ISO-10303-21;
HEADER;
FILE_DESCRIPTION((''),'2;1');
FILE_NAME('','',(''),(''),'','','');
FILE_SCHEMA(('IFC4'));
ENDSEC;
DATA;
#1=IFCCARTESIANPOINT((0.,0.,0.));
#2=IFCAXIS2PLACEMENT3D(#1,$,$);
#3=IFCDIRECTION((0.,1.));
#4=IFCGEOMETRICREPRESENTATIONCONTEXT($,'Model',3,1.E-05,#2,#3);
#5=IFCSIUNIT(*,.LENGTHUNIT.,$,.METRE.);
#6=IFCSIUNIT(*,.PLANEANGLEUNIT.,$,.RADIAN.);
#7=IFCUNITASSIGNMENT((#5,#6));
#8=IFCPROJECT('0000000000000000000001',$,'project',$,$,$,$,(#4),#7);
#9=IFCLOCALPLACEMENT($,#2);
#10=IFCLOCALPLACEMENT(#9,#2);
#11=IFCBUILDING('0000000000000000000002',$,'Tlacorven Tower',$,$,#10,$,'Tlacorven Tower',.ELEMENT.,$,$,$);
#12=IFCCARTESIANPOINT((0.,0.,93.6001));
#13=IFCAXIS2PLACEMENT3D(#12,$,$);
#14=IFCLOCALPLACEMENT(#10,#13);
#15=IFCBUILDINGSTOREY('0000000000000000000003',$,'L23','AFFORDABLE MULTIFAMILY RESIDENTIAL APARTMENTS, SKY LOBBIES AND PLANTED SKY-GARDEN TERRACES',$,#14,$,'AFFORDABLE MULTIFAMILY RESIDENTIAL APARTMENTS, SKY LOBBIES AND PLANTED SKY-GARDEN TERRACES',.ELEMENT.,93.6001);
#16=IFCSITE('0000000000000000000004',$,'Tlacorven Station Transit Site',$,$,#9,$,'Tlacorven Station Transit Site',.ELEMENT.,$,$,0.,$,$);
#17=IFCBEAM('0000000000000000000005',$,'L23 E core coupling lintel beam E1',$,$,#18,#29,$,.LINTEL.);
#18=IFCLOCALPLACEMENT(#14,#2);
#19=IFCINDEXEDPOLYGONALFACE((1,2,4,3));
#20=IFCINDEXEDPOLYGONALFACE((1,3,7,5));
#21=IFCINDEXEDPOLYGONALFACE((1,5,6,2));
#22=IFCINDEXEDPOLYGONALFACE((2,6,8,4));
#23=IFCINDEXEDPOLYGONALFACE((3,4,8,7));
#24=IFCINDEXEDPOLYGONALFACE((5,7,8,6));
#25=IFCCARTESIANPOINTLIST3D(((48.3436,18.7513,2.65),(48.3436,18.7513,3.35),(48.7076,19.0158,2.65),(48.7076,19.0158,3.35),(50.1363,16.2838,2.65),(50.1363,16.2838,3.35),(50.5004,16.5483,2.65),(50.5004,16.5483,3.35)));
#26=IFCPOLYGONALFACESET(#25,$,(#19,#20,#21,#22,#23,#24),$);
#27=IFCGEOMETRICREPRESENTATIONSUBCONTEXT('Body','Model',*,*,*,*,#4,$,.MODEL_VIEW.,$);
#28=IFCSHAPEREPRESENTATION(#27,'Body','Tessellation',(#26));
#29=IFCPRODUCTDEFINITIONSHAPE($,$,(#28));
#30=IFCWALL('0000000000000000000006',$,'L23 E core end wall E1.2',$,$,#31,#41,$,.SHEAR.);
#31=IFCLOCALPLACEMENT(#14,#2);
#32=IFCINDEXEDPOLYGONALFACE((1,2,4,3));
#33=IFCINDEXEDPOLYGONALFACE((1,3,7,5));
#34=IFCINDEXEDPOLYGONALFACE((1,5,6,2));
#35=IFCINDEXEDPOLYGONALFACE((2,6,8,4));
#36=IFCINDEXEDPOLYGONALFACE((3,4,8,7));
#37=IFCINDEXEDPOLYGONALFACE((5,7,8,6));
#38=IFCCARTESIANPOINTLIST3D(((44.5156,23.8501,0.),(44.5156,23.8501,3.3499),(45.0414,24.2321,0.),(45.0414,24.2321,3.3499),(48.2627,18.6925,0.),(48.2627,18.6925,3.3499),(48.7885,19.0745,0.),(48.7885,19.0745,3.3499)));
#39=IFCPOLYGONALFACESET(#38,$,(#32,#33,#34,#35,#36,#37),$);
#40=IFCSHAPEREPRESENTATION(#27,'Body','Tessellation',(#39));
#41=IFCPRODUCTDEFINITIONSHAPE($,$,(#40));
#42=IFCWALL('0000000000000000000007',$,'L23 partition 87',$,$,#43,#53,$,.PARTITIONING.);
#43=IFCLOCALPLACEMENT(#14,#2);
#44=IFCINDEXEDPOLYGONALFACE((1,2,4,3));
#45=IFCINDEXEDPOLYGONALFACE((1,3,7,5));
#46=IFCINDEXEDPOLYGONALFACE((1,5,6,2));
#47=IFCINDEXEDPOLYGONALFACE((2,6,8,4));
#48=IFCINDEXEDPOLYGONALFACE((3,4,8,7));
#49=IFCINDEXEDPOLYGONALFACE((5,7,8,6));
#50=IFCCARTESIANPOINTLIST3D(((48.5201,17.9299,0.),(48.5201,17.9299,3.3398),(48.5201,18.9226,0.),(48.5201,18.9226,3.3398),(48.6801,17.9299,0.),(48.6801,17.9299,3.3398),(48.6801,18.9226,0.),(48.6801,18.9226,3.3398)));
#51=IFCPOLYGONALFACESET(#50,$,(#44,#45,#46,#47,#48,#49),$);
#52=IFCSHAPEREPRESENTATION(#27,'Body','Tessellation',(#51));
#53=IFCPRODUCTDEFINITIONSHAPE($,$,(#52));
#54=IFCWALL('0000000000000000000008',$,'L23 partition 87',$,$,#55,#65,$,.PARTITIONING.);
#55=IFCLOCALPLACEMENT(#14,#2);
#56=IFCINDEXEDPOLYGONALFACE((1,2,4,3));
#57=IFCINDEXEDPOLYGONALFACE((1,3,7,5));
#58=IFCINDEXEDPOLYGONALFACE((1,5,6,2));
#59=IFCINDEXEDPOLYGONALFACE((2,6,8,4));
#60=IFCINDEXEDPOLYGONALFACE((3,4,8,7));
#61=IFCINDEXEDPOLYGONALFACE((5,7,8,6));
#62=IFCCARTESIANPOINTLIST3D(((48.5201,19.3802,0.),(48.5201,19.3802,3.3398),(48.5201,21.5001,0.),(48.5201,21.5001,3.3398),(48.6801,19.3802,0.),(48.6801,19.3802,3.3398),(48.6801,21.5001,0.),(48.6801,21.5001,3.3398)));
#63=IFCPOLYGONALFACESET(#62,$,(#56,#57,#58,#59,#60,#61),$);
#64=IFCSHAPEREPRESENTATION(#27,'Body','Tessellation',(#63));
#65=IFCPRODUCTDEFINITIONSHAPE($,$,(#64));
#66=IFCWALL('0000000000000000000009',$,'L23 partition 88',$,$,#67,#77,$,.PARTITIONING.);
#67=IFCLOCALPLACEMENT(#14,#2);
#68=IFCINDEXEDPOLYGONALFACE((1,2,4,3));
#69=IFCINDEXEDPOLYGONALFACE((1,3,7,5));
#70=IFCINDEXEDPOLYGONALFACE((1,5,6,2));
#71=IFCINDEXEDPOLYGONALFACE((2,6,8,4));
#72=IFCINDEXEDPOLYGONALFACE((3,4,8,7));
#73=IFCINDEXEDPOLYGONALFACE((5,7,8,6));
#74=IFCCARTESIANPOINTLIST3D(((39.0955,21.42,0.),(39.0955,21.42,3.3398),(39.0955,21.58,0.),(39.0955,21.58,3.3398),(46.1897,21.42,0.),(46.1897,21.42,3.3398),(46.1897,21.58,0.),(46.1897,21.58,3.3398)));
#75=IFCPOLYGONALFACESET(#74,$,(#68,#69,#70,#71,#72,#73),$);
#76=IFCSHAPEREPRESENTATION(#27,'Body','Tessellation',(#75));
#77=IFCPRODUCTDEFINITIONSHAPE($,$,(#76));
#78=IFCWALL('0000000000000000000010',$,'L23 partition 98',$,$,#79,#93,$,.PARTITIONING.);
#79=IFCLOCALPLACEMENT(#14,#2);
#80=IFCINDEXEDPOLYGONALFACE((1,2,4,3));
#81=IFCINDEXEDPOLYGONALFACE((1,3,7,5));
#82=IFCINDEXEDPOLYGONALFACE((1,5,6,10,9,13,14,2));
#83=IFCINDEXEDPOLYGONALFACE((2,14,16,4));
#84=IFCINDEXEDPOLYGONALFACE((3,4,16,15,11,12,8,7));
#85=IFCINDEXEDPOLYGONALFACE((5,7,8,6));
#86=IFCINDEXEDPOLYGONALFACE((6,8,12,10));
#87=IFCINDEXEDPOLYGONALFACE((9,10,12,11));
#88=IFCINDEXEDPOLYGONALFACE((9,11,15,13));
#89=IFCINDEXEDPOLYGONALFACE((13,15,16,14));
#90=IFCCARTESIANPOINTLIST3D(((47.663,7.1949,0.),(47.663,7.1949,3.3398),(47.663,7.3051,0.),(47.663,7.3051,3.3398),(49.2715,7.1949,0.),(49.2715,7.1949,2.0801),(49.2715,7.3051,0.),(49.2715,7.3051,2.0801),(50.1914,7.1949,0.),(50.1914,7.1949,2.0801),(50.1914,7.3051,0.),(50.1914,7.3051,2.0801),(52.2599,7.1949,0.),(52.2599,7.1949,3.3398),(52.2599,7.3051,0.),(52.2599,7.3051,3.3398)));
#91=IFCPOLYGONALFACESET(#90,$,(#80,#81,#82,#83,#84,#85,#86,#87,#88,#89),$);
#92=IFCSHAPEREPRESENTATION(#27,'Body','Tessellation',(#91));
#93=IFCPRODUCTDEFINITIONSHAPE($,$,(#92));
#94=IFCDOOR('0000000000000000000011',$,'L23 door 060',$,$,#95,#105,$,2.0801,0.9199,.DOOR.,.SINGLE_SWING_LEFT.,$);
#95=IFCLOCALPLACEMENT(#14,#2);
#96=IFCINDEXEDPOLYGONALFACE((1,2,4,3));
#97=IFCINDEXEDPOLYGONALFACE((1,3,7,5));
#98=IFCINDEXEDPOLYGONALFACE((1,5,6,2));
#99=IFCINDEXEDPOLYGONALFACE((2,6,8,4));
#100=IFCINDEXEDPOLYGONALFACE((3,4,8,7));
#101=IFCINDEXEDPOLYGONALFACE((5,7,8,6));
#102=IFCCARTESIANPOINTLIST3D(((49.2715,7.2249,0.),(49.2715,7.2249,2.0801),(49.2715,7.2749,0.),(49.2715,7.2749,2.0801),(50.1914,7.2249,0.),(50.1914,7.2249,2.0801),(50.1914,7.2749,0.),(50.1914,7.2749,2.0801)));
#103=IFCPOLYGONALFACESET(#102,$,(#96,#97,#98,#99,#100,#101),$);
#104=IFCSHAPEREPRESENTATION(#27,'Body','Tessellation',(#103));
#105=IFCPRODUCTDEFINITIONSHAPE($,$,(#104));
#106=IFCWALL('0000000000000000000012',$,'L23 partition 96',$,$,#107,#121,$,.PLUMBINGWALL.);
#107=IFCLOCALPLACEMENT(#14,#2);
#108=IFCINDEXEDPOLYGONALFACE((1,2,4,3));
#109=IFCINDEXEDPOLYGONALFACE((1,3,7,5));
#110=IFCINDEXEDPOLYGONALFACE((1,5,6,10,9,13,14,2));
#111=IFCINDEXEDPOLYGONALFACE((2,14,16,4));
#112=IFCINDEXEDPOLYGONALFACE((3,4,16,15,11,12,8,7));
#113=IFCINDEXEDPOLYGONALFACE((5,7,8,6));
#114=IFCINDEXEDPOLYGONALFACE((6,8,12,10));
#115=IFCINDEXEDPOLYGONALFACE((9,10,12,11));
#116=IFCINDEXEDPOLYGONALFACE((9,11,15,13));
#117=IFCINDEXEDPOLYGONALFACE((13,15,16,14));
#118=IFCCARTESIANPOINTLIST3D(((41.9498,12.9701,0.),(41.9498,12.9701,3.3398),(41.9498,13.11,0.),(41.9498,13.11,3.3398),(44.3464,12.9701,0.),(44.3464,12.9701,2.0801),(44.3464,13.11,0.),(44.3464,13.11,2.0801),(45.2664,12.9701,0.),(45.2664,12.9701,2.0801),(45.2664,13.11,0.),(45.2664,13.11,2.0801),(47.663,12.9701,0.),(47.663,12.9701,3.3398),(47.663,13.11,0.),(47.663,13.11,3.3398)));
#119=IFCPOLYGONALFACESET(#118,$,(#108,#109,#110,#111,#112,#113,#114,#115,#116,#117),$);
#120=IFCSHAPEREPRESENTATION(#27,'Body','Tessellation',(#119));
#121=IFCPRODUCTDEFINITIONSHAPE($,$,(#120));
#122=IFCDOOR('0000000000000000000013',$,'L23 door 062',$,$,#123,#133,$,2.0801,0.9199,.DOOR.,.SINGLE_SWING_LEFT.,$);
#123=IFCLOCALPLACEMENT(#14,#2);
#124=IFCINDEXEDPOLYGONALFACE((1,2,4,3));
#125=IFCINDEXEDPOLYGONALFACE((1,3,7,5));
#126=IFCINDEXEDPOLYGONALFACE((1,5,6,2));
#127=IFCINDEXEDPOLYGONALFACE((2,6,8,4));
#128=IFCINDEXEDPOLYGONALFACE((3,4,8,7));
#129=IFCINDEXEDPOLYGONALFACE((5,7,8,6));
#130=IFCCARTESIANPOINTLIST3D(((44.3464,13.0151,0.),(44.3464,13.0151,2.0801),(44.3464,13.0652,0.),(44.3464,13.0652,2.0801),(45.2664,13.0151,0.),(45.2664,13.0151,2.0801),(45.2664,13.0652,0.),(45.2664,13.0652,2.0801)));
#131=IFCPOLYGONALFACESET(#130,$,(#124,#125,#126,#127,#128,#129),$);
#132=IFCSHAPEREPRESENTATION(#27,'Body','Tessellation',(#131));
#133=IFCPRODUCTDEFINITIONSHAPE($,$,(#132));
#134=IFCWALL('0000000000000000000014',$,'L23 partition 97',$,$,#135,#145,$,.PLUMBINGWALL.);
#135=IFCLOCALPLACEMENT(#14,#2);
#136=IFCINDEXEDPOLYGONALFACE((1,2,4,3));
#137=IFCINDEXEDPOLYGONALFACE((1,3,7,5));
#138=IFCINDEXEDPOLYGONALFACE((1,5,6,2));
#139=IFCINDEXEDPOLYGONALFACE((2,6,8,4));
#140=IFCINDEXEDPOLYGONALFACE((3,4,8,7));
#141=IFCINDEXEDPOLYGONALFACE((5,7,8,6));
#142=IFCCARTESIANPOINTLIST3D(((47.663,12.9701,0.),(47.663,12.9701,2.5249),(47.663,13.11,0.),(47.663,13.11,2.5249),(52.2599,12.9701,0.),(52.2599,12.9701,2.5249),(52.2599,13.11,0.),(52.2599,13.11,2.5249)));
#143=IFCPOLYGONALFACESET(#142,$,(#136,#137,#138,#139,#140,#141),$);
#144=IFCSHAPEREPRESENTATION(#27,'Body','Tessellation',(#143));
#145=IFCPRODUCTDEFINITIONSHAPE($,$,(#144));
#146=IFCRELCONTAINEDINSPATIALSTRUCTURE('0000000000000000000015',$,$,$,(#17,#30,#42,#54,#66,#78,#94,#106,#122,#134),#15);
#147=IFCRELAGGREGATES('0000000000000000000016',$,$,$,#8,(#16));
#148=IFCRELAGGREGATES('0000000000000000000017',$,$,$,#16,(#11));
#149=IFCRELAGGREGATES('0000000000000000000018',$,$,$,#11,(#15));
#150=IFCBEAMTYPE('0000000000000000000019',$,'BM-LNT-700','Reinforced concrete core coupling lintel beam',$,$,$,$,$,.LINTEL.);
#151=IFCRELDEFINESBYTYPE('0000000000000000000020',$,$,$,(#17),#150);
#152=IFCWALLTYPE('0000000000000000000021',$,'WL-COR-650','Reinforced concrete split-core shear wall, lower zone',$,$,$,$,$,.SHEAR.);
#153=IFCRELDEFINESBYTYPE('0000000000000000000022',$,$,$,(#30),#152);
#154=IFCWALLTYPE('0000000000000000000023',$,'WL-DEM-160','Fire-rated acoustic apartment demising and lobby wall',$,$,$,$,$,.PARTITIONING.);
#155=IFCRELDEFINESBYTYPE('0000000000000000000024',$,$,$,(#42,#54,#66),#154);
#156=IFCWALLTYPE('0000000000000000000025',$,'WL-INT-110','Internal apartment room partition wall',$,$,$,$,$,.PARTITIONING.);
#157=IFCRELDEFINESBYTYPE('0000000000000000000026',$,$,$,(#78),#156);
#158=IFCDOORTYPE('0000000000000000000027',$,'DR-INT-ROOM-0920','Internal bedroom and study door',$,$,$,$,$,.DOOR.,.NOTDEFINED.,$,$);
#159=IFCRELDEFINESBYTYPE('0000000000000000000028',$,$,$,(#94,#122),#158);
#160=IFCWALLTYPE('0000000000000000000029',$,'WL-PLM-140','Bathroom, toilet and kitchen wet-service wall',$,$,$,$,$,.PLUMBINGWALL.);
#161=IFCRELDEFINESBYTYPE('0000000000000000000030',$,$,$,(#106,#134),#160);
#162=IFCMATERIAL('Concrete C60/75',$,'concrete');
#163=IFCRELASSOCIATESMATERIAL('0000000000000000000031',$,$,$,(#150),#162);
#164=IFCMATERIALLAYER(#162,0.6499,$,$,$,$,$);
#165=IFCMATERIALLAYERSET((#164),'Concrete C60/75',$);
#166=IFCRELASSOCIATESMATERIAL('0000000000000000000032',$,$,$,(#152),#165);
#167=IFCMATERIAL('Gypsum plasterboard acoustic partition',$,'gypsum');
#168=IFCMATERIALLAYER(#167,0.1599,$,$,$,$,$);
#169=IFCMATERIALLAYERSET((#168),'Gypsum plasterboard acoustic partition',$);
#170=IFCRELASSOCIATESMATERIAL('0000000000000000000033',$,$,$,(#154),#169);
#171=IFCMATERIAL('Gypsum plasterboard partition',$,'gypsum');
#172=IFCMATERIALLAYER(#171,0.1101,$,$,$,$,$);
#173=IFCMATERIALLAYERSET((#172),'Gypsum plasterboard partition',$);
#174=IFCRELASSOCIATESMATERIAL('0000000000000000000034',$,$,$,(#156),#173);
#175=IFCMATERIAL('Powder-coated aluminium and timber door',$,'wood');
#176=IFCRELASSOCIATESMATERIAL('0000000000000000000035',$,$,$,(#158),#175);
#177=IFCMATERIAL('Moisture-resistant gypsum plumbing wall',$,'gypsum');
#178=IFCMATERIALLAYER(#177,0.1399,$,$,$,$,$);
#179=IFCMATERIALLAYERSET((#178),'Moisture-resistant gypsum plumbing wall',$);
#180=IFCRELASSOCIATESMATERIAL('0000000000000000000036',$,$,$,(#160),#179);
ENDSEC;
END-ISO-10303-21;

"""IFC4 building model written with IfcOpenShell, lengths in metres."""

from ifc_helpers import new_model, si_unit, direction, frame, frame_2d, origin, origin_2d, place, context, subcontext, project, spatial, rectangle, extrude, source, transform, mapped, material, layer, layer_set, material_profile, profile_set, type_object, element, fill, save


model = new_model("IFC4")

# Units and contexts
model_context = context("Model", 3, precision=1e-05, world=origin(), true_north=direction((0.0, 1.0)))
body_context = subcontext(model_context, "Body", "Model", "MODEL_VIEW")
ifc_project = project(units=[si_unit("LENGTHUNIT", "METRE"), si_unit("PLANEANGLEUNIT", "RADIAN")], contexts=[model_context])

# Site, building, storey
site_placement = place(None, origin())
site = spatial("IfcSite", under=ifc_project, at=site_placement, Name="Tlacorven Station Transit Site", LongName="Tlacorven Station Transit Site", CompositionType="ELEMENT", RefElevation=0.0)
building_placement = place(site_placement, origin())
building = spatial("IfcBuilding", under=site, at=building_placement, Name="Tlacorven Tower", LongName="Tlacorven Tower", CompositionType="ELEMENT")
storey_placement = place(building_placement, frame((0.0, 0.0, 93.6001)))
storey = spatial("IfcBuildingStorey", under=building, at=storey_placement, Name="L23", Description="AFFORDABLE MULTIFAMILY RESIDENTIAL APARTMENTS, SKY LOBBIES AND PLANTED SKY-GARDEN TERRACES", LongName="AFFORDABLE MULTIFAMILY RESIDENTIAL APARTMENTS, SKY LOBBIES AND PLANTED SKY-GARDEN TERRACES", CompositionType="ELEMENT", Elevation=93.6001)

# Beam
ifc_material_1 = material(Name="Concrete C60/75", Category="concrete")
ifc_material_profile = material_profile(ifc_material_1, rectangle(XDim=0.45, YDim=0.7, at=origin_2d()), Name="RC 450X700")
ifc_profile_set = profile_set([ifc_material_profile], Name="Concrete C60/75")
beam_type = type_object("IfcBeamType", Name="BM-LNT-700", Description="Reinforced concrete core coupling lintel beam", PredefinedType="LINTEL", material=ifc_profile_set)
shared_shape_1 = source(origin(), body_context, "Body", "SweptSolid", [
    extrude(rectangle(XDim=0.45, YDim=0.7, at=origin_2d()), origin(), (0.0, 0.0, 1.0), 3.05),
])
beam_placement = place(storey_placement, frame((50.3184, 16.416, 3.0), z_axis=(-0.587777, 0.809023, 0.0), x_axis=(-0.809023, -0.587777, 0.0)))
element("IfcBeam", 1, at=beam_placement, inside=storey, type_object=beam_type, Name="L23 E core coupling lintel beam E1", PredefinedType="LINTEL", context=body_context, shape_type="MappedRepresentation", body=[
    mapped(shared_shape_1, transform((0.0, 0.0, 0.0), scale=1.0)),
])

# Walls
ifc_layer_1 = layer(ifc_material_1, 0.6499)
ifc_layer_set_1 = layer_set([ifc_layer_1], Name="Concrete C60/75")
wall_type_1 = type_object("IfcWallType", Name="WL-COR-650", Description="Reinforced concrete split-core shear wall, lower zone", PredefinedType="SHEAR", material=ifc_layer_set_1)
wall_1_placement = place(storey_placement, frame((48.5256, 18.8835, 0.0), z_axis=(0.0, 0.0, 1.0), x_axis=(-0.58778, 0.809021, 0.0)))
element("IfcWall", 2, at=wall_1_placement, inside=storey, type_object=wall_type_1, Name="L23 E core end wall E1.2", PredefinedType="SHEAR", context=body_context, shape_type="SweptSolid", body=[
    extrude(rectangle(XDim=6.375, YDim=0.6499, at=frame_2d((3.1875, 0.0))), origin(), (0.0, 0.0, 1.0), 3.3499),
])
ifc_material_2 = material(Name="Gypsum plasterboard acoustic partition", Category="gypsum")
ifc_layer_2 = layer(ifc_material_2, 0.1599)
ifc_layer_set_2 = layer_set([ifc_layer_2], Name="Gypsum plasterboard acoustic partition")
wall_type_2 = type_object("IfcWallType", Name="WL-DEM-160", Description="Fire-rated acoustic apartment demising and lobby wall", PredefinedType="PARTITIONING", material=ifc_layer_set_2)
wall_2_placement = place(storey_placement, frame((48.6001, 17.9299, 0.0), z_axis=(0.0, 0.0, 1.0), x_axis=(0.0, 1.0, 0.0)))
element("IfcWall", 3, at=wall_2_placement, inside=storey, type_object=wall_type_2, Name="L23 partition 87", PredefinedType="PARTITIONING", context=body_context, shape_type="SweptSolid", body=[
    extrude(rectangle(XDim=0.9927, YDim=0.1599, at=frame_2d((0.4963, 0.0))), origin(), (0.0, 0.0, 1.0), 3.3398),
])
wall_3_placement = place(storey_placement, frame((48.6001, 19.3801, 0.0), z_axis=(0.0, 0.0, 1.0), x_axis=(0.0, 1.0, 0.0)))
element("IfcWall", 4, at=wall_3_placement, inside=storey, type_object=wall_type_2, Name="L23 partition 87", PredefinedType="PARTITIONING", context=body_context, shape_type="SweptSolid", body=[
    extrude(rectangle(XDim=2.1199, YDim=0.1599, at=frame_2d((1.0601, 0.0))), origin(), (0.0, 0.0, 1.0), 3.3398),
])
wall_4_placement = place(storey_placement, frame((39.0955, 21.5, 0.0), z_axis=(0.0, 0.0, 1.0), x_axis=(1.0, 0.0, 0.0)))
element("IfcWall", 5, at=wall_4_placement, inside=storey, type_object=wall_type_2, Name="L23 partition 88", PredefinedType="PARTITIONING", context=body_context, shape_type="SweptSolid", body=[
    extrude(rectangle(XDim=7.0942, YDim=0.1599, at=frame_2d((3.5471, 0.0))), origin(), (0.0, 0.0, 1.0), 3.3398),
])

# Walls, openings, doors
ifc_material_3 = material(Name="Gypsum plasterboard partition", Category="gypsum")
ifc_layer_3 = layer(ifc_material_3, 0.1101)
ifc_layer_set_3 = layer_set([ifc_layer_3], Name="Gypsum plasterboard partition")
wall_type_3 = type_object("IfcWallType", Name="WL-INT-110", Description="Internal apartment room partition wall", PredefinedType="PARTITIONING", material=ifc_layer_set_3)
wall_5_placement = place(storey_placement, frame((47.6631, 7.25, 0.0), z_axis=(0.0, 0.0, 1.0), x_axis=(1.0, 0.0, 0.0)))
wall_5 = element("IfcWall", 6, at=wall_5_placement, inside=storey, type_object=wall_type_3, Name="L23 partition 98", PredefinedType="PARTITIONING", context=body_context, shape_type="SweptSolid", body=[
    extrude(rectangle(XDim=4.5969, YDim=0.1101, at=frame_2d((2.2983, 0.0))), origin(), (0.0, 0.0, 1.0), 3.3398),
])
opening_1_placement = place(wall_5_placement, frame((1.6084, 0.0, 0.0)))
opening_1 = element("IfcOpeningElement", 7, at=opening_1_placement, cuts=wall_5, PredefinedType="OPENING", context=body_context, shape_type="SweptSolid", body=[
    extrude(rectangle(XDim=0.9199, YDim=2.0801, at=frame_2d((0.46, 1.04))), frame((0.0, 0.0649, 0.0), z_axis=(0.0, -1.0, 0.0), x_axis=(1.0, 0.0, 0.0)), (0.0, 0.0, 1.0), 0.1301),
])
ifc_material_4 = material(Name="Powder-coated aluminium and timber door", Category="wood")
door_type_1 = type_object("IfcDoorType", Name="DR-INT-ROOM-0920", Description="Internal bedroom and study door", OperationType="NOTDEFINED", PredefinedType="DOOR", material=ifc_material_4)
shared_shape_2 = source(origin(), body_context, "Body", "SweptSolid", [
    extrude(rectangle(XDim=0.9199, YDim=2.0801, at=frame_2d((0.46, 1.04))), frame((0.0, 0.0249, 0.0), z_axis=(0.0, -1.0, 0.0), x_axis=(1.0, 0.0, 0.0)), (0.0, 0.0, 1.0), 0.05),
])
door_1_placement = place(opening_1_placement, origin())
door_1 = element("IfcDoor", 8, at=door_1_placement, inside=storey, type_object=door_type_1, Name="L23 door 060", OperationType="SINGLE_SWING_LEFT", OverallHeight=2.0801, OverallWidth=0.9199, PredefinedType="DOOR", context=body_context, shape_type="MappedRepresentation", body=[
    mapped(shared_shape_2, transform((0.0, 0.0, 0.0), scale=1.0)),
])
fill(opening_1, door_1)
ifc_material_5 = material(Name="Moisture-resistant gypsum plumbing wall", Category="gypsum")
ifc_layer_4 = layer(ifc_material_5, 0.1399)
ifc_layer_set_4 = layer_set([ifc_layer_4], Name="Moisture-resistant gypsum plumbing wall")
wall_type_4 = type_object("IfcWallType", Name="WL-PLM-140", Description="Bathroom, toilet and kitchen wet-service wall", PredefinedType="PLUMBINGWALL", material=ifc_layer_set_4)
wall_6_placement = place(storey_placement, frame((41.95, 13.04, 0.0), z_axis=(0.0, 0.0, 1.0), x_axis=(1.0, 0.0, 0.0)))
wall_6 = element("IfcWall", 9, at=wall_6_placement, inside=storey, type_object=wall_type_4, Name="L23 partition 96", PredefinedType="PLUMBINGWALL", context=body_context, shape_type="SweptSolid", body=[
    extrude(rectangle(XDim=5.7131, YDim=0.1399, at=frame_2d((2.8564, 0.0))), origin(), (0.0, 0.0, 1.0), 3.3398),
])
opening_2_placement = place(wall_6_placement, frame((2.3965, 0.0, 0.0)))
opening_2 = element("IfcOpeningElement", 10, at=opening_2_placement, cuts=wall_6, PredefinedType="OPENING", context=body_context, shape_type="SweptSolid", body=[
    extrude(rectangle(XDim=0.9199, YDim=2.0801, at=frame_2d((0.46, 1.04))), frame((0.0, 0.0801, 0.0), z_axis=(0.0, -1.0, 0.0), x_axis=(1.0, 0.0, 0.0)), (0.0, 0.0, 1.0), 0.1599),
])
door_2_placement = place(opening_2_placement, frame((0.9199, 0.0, 0.0), z_axis=(0.0, 0.0, 1.0), x_axis=(-1.0, 0.0, 0.0)))
door_2 = element("IfcDoor", 11, at=door_2_placement, inside=storey, type_object=door_type_1, Name="L23 door 062", OperationType="SINGLE_SWING_LEFT", OverallHeight=2.0801, OverallWidth=0.9199, PredefinedType="DOOR", context=body_context, shape_type="MappedRepresentation", body=[
    mapped(shared_shape_2, transform((0.0, 0.0, 0.0), scale=1.0)),
])
fill(opening_2, door_2)

# Wall
wall_7_placement = place(storey_placement, frame((47.6631, 13.04, 0.0), z_axis=(0.0, 0.0, 1.0), x_axis=(1.0, 0.0, 0.0)))
element("IfcWall", 12, at=wall_7_placement, inside=storey, type_object=wall_type_4, Name="L23 partition 97", PredefinedType="PLUMBINGWALL", context=body_context, shape_type="SweptSolid", body=[
    extrude(rectangle(XDim=4.5969, YDim=0.1399, at=frame_2d((2.2983, 0.0))), origin(), (0.0, 0.0, 1.0), 2.5249),
])

save(model, "model.ifc")
